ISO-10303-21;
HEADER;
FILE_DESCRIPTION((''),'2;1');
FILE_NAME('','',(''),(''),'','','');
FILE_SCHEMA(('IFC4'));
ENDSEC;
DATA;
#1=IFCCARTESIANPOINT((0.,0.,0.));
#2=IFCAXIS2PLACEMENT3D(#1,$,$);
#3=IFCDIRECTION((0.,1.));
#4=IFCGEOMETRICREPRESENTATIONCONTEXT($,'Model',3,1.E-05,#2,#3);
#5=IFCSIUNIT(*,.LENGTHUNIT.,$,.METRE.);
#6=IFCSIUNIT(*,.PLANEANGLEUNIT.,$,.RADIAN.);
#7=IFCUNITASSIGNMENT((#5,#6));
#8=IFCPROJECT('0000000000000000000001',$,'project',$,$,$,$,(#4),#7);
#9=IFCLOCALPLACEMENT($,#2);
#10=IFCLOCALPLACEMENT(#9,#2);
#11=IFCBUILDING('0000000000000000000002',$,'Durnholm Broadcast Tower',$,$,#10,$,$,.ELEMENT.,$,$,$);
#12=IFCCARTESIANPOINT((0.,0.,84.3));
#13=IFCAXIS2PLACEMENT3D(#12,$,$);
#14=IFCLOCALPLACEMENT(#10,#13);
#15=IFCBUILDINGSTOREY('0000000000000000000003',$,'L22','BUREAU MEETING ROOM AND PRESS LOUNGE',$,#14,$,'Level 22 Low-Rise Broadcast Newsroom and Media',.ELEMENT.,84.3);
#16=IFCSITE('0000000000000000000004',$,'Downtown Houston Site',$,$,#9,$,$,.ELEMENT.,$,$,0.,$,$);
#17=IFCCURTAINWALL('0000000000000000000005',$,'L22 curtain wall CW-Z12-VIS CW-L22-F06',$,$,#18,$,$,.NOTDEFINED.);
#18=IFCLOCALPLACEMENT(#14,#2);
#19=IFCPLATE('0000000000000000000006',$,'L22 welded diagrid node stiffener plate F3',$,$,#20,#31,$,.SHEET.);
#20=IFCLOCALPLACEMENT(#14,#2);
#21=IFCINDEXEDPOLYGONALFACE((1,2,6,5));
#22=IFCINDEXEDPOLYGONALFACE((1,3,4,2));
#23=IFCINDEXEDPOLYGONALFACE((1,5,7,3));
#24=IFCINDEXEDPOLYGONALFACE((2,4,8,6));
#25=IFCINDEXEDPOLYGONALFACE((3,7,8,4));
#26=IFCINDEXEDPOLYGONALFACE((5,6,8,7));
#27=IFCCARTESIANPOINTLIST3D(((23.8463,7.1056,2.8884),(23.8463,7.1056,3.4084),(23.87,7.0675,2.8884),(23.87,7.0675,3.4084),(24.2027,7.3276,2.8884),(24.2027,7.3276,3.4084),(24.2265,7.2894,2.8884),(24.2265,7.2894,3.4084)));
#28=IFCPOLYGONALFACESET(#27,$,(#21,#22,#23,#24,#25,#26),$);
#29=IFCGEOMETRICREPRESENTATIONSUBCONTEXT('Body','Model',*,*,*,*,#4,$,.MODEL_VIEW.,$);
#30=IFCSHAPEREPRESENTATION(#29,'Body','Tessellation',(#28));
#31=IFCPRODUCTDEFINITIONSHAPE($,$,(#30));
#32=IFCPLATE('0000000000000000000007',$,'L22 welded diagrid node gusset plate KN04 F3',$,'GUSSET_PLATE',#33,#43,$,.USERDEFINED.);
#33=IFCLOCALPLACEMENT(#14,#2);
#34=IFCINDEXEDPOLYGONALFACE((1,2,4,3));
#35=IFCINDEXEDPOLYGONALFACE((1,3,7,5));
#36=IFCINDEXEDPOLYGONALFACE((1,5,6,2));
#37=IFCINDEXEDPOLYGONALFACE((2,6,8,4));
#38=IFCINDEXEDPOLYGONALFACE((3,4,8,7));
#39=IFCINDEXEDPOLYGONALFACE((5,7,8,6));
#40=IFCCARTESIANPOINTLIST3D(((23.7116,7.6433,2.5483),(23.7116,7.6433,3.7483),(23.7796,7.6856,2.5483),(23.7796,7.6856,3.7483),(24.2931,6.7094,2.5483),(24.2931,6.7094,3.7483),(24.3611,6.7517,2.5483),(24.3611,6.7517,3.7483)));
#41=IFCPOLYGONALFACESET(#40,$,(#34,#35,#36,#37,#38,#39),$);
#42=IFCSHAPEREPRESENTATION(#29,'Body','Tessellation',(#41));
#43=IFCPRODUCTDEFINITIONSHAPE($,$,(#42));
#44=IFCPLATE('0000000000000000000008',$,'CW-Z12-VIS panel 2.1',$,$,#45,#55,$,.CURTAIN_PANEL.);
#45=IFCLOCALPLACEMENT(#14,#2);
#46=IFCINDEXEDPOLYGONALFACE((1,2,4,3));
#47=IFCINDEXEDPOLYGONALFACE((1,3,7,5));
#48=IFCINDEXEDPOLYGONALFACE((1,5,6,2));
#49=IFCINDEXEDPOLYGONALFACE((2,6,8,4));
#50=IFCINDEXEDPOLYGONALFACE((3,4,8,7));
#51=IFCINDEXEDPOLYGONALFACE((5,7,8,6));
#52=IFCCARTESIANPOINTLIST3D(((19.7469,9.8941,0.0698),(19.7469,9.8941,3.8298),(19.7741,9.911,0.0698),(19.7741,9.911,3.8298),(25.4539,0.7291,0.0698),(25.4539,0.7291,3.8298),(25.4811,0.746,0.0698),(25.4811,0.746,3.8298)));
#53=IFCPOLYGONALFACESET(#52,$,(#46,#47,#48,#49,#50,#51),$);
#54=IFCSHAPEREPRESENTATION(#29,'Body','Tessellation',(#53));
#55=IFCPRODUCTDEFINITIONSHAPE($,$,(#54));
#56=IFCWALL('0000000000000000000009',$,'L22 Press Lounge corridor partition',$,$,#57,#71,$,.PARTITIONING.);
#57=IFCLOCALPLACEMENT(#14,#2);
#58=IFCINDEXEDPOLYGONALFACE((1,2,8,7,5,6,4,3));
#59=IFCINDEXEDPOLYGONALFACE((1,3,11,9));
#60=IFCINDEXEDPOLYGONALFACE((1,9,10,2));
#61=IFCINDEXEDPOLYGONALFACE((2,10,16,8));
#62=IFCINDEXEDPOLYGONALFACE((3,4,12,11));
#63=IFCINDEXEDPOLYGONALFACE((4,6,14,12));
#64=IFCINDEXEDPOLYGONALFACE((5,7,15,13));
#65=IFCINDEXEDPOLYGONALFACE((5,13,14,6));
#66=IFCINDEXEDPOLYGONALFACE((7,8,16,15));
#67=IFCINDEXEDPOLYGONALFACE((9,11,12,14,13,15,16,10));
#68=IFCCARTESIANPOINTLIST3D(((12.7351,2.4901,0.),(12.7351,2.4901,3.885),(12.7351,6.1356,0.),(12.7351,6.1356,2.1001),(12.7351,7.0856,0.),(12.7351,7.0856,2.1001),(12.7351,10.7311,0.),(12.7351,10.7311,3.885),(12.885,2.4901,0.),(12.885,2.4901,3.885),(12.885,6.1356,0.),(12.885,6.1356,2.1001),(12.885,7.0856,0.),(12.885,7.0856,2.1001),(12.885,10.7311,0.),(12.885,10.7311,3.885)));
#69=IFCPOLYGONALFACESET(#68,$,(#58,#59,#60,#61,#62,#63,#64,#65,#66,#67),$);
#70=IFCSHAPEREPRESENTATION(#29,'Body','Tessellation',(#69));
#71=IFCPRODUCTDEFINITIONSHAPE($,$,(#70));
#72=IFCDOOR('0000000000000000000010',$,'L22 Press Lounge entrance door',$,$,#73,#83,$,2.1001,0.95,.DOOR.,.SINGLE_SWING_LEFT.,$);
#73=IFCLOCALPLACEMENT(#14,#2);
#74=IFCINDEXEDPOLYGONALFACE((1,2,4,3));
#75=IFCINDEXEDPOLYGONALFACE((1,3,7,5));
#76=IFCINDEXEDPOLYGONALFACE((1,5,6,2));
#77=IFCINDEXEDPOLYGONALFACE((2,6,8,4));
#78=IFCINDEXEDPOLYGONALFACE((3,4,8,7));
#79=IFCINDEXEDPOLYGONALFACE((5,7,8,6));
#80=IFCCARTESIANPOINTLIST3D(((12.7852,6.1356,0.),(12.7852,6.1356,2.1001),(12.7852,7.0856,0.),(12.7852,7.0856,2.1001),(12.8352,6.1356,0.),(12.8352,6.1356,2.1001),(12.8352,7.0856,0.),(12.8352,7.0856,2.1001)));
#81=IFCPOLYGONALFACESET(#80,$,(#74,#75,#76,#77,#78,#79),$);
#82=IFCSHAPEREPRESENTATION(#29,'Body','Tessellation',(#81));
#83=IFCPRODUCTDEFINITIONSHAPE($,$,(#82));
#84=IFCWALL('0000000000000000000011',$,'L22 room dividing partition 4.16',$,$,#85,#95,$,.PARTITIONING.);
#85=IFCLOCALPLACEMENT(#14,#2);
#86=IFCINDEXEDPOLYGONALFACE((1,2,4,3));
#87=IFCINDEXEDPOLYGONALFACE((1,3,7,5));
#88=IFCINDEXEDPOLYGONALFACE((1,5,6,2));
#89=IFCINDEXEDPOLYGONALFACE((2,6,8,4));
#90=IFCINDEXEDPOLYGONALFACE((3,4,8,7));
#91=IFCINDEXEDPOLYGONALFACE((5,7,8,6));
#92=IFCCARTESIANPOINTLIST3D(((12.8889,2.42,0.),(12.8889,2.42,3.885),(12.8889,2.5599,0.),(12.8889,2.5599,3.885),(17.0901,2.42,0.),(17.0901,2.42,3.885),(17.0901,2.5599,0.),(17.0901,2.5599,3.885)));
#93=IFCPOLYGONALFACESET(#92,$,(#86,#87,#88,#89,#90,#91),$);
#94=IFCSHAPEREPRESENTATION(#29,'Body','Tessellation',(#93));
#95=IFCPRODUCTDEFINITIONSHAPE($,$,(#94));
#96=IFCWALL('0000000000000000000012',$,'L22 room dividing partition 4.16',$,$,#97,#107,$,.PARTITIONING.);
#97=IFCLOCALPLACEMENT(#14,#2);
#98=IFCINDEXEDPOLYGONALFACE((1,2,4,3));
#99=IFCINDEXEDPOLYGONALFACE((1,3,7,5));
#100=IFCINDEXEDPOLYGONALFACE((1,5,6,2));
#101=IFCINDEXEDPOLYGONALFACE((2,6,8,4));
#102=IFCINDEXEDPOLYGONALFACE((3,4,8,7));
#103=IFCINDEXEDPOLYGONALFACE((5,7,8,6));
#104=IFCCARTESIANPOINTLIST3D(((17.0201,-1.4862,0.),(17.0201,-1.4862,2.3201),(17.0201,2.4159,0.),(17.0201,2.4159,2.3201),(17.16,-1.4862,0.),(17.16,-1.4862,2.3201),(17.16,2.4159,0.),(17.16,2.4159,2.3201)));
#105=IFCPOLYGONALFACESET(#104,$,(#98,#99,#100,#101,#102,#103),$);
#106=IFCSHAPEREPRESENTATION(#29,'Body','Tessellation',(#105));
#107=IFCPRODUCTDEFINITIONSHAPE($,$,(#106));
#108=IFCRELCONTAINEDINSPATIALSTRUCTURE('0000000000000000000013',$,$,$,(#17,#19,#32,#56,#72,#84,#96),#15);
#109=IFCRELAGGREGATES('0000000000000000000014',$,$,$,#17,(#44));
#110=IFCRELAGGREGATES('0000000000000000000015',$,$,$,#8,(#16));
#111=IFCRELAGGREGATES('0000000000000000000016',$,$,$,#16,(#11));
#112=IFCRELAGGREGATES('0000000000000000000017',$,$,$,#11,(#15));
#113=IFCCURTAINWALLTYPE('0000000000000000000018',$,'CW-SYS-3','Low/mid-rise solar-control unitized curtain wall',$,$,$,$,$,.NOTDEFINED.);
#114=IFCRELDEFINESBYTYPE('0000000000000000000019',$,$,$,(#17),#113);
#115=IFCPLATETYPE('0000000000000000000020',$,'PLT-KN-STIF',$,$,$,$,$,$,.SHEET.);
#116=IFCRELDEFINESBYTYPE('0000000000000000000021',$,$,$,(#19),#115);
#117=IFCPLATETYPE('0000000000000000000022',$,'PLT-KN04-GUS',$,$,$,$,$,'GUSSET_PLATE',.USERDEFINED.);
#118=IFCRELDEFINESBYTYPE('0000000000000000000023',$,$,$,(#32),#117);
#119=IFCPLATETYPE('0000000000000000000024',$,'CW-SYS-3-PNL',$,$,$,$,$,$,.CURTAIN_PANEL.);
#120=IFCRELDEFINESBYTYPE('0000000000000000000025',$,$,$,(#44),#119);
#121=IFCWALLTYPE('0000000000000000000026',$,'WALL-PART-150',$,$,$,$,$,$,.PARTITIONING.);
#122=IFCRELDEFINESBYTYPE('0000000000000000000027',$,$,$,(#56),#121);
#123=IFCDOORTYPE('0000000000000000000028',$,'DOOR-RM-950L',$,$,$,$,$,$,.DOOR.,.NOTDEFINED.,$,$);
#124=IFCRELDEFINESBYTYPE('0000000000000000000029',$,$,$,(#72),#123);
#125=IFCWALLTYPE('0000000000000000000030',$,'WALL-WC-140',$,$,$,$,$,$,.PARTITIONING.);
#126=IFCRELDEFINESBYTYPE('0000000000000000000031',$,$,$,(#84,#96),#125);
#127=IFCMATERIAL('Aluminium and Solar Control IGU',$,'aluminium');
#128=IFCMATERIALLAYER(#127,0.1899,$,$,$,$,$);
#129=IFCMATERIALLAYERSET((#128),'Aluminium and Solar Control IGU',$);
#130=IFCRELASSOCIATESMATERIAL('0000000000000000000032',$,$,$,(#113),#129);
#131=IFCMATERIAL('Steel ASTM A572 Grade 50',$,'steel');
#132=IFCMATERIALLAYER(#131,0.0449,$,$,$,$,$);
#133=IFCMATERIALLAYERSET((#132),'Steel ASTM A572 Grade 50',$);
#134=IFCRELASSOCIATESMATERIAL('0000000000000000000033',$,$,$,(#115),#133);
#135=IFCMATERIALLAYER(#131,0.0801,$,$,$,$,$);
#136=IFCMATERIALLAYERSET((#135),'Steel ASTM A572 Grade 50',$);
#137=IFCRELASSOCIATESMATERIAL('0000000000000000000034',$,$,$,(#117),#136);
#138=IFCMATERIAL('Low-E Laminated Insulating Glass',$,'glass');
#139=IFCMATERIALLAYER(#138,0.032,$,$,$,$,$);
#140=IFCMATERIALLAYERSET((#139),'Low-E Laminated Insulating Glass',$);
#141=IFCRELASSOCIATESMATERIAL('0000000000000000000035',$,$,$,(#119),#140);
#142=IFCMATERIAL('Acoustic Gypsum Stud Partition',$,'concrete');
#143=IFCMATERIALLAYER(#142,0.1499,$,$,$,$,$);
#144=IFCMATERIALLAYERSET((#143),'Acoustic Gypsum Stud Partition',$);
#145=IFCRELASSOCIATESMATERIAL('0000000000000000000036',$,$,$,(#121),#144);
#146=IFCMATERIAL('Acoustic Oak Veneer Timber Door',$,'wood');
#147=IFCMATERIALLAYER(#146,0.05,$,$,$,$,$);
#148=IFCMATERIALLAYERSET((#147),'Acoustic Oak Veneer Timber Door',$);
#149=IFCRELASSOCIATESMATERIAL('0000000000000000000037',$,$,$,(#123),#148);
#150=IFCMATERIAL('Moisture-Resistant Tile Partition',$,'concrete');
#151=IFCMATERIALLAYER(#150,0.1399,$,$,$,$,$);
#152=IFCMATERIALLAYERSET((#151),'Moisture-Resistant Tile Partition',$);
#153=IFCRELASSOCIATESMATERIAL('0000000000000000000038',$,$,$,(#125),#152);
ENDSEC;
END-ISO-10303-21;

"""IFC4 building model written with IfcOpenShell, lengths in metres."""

from ifc_helpers import new_model, si_unit, direction, frame, frame_2d, origin, origin_2d, place, context, subcontext, project, spatial, rectangle, extrude, source, transform, mapped, material, layer, layer_set, type_object, type_shapes, element, fill, aggregate, save


model = new_model("IFC4")

# Units and contexts
model_context = context("Model", 3, precision=1e-05, world=origin(), true_north=direction((0.0, 1.0)))
body_context = subcontext(model_context, "Body", "Model", "MODEL_VIEW")
ifc_project = project(units=[si_unit("LENGTHUNIT", "METRE"), si_unit("PLANEANGLEUNIT", "RADIAN")], contexts=[model_context])

# Site, building, storey
site_placement = place(None, origin())
site = spatial("IfcSite", under=ifc_project, at=site_placement, Name="Downtown Houston Site", CompositionType="ELEMENT", RefElevation=0.0)
building_placement = place(site_placement, origin())
building = spatial("IfcBuilding", under=site, at=building_placement, Name="Durnholm Broadcast Tower", CompositionType="ELEMENT")
storey_placement = place(building_placement, frame((0.0, 0.0, 84.3)))
storey = spatial("IfcBuildingStorey", under=building, at=storey_placement, Name="L22", Description="BUREAU MEETING ROOM AND PRESS LOUNGE", LongName="Level 22 Low-Rise Broadcast Newsroom and Media", CompositionType="ELEMENT", Elevation=84.3)

# Shared definitions
ifc_material_1 = material(Name="Aluminium and Solar Control IGU", Category="aluminium")

# Curtain wall
ifc_layer_1 = layer(ifc_material_1, 0.1899)
ifc_layer_set_1 = layer_set([ifc_layer_1], Name="Aluminium and Solar Control IGU")
curtain_wall_type_1 = type_object("IfcCurtainWallType", Name="CW-SYS-3", Description="Low/mid-rise solar-control unitized curtain wall", PredefinedType="NOTDEFINED", material=ifc_layer_set_1)
curtain_wall_1_placement = place(storey_placement, origin())
curtain_wall_1 = element("IfcCurtainWall", 1, at=curtain_wall_1_placement, inside=storey, type_object=curtain_wall_type_1, Name="L22 curtain wall CW-Z12-VIS CW-L22-F06", PredefinedType="NOTDEFINED")

# Plates
ifc_material_2 = material(Name="Steel ASTM A572 Grade 50", Category="steel")
ifc_layer_2 = layer(ifc_material_2, 0.0449)
ifc_layer_set_2 = layer_set([ifc_layer_2], Name="Steel ASTM A572 Grade 50")
plate_type_1 = type_object("IfcPlateType", Name="PLT-KN-STIF", PredefinedType="SHEET", material=ifc_layer_set_2)
shared_shape_1 = source(origin(), body_context, "Body", "SweptSolid", [
    extrude(rectangle(XDim=0.0449, YDim=0.4199, at=origin_2d()), origin(), (0.0, 0.0, 1.0), 0.52),
])
type_shapes(plate_type_1, [shared_shape_1])
plate_1_placement = place(storey_placement, frame((24.0364, 7.1975, 2.8884), z_axis=(0.0, 0.0, 1.0), x_axis=(-0.528587, 0.848879, 0.0)))
element("IfcPlate", 2, at=plate_1_placement, inside=storey, type_object=plate_type_1, Name="L22 welded diagrid node stiffener plate F3", PredefinedType="SHEET", context=body_context, shape_type="MappedRepresentation", body=[
    mapped(shared_shape_1, transform((0.0, 0.0, 0.0), x_axis=(1.0, 0.0, 0.0), y_axis=(0.0, 1.0, 0.0), z_axis=(0.0, 0.0, 1.0), scale=1.0)),
])
ifc_layer_3 = layer(ifc_material_2, 0.0801)
ifc_layer_set_3 = layer_set([ifc_layer_3], Name="Steel ASTM A572 Grade 50")
plate_type_2 = type_object("IfcPlateType", Name="PLT-KN04-GUS", ElementType="GUSSET_PLATE", PredefinedType="USERDEFINED", material=ifc_layer_set_3)
shared_shape_2 = source(origin(), body_context, "Body", "SweptSolid", [
    extrude(rectangle(XDim=1.1001, YDim=0.0801, at=origin_2d()), origin(), (0.0, 0.0, 1.0), 1.2),
])
type_shapes(plate_type_2, [shared_shape_2])
plate_2_placement = place(storey_placement, frame((24.0364, 7.1975, 2.5483), z_axis=(0.0, 0.0, 1.0), x_axis=(-0.528587, 0.848879, 0.0)))
element("IfcPlate", 3, at=plate_2_placement, inside=storey, type_object=plate_type_2, Name="L22 welded diagrid node gusset plate KN04 F3", ObjectType="GUSSET_PLATE", PredefinedType="USERDEFINED", context=body_context, shape_type="MappedRepresentation", body=[
    mapped(shared_shape_2, transform((0.0, 0.0, 0.0), x_axis=(1.0, 0.0, 0.0), y_axis=(0.0, 1.0, 0.0), z_axis=(0.0, 0.0, 1.0), scale=1.0)),
])

# Plate
ifc_material_3 = material(Name="Low-E Laminated Insulating Glass", Category="glass")
ifc_layer_4 = layer(ifc_material_3, 0.032)
ifc_layer_set_4 = layer_set([ifc_layer_4], Name="Low-E Laminated Insulating Glass")
plate_type_3 = type_object("IfcPlateType", Name="CW-SYS-3-PNL", PredefinedType="CURTAIN_PANEL", material=ifc_layer_set_4)
shared_shape_3 = source(origin(), body_context, "Body", "SweptSolid", [
    extrude(rectangle(XDim=10.7966, YDim=0.032, at=origin_2d()), origin(), (0.0, 0.0, 1.0), 3.76),
])
type_shapes(plate_type_3, [shared_shape_3])
plate_3_placement = place(storey_placement, frame((22.614, 5.3201, 0.0698), z_axis=(0.0, 0.0, 1.0), x_axis=(0.528592, -0.848876, 0.0)))
plate_3 = element("IfcPlate", 4, at=plate_3_placement, type_object=plate_type_3, Name="CW-Z12-VIS panel 2.1", PredefinedType="CURTAIN_PANEL", context=body_context, shape_type="MappedRepresentation", body=[
    mapped(shared_shape_3, transform((0.0, 0.0, 0.0), x_axis=(1.0, 0.0, 0.0), y_axis=(0.0, 1.0, 0.0), z_axis=(0.0, 0.0, 1.0), scale=1.0)),
])
aggregate(curtain_wall_1, [plate_3])

# Wall, opening, door
ifc_material_4 = material(Name="Acoustic Gypsum Stud Partition", Category="concrete")
ifc_layer_5 = layer(ifc_material_4, 0.1499)
ifc_layer_set_5 = layer_set([ifc_layer_5], Name="Acoustic Gypsum Stud Partition")
wall_type_1 = type_object("IfcWallType", Name="WALL-PART-150", PredefinedType="PARTITIONING", material=ifc_layer_set_5)
wall_1_placement = place(storey_placement, frame((12.8101, 2.49, 0.0), z_axis=(0.0, 0.0, 1.0), x_axis=(0.0, 1.0, 0.0)))
wall_1 = element("IfcWall", 5, at=wall_1_placement, inside=storey, type_object=wall_type_1, Name="L22 Press Lounge corridor partition", PredefinedType="PARTITIONING", context=body_context, shape_type="SweptSolid", body=[
    extrude(rectangle(XDim=8.241, YDim=0.1499, at=frame_2d((4.1206, 0.0))), origin(), (0.0, 0.0, 1.0), 3.885),
])
opening_placement = place(wall_1_placement, frame((3.6455, 0.0, 0.0)))
opening = element("IfcOpeningElement", 6, at=opening_placement, cuts=wall_1, PredefinedType="OPENING", context=body_context, shape_type="SweptSolid", body=[
    extrude(rectangle(XDim=0.95, YDim=2.1001, at=frame_2d((0.4751, 1.05))), frame((0.0, 0.085, 0.0), z_axis=(0.0, -1.0, 0.0), x_axis=(1.0, 0.0, 0.0)), (0.0, 0.0, 1.0), 0.1699),
])
ifc_material_5 = material(Name="Acoustic Oak Veneer Timber Door", Category="wood")
ifc_layer_6 = layer(ifc_material_5, 0.05)
ifc_layer_set_6 = layer_set([ifc_layer_6], Name="Acoustic Oak Veneer Timber Door")
door_type = type_object("IfcDoorType", Name="DOOR-RM-950L", OperationType="NOTDEFINED", PredefinedType="DOOR", material=ifc_layer_set_6)
shared_shape_4 = source(origin(), body_context, "Body", "SweptSolid", [
    extrude(rectangle(XDim=0.95, YDim=2.1001, at=frame_2d((0.4751, 1.05))), frame((0.0, 0.0249, 0.0), z_axis=(0.0, -1.0, 0.0), x_axis=(1.0, 0.0, 0.0)), (0.0, 0.0, 1.0), 0.05),
])
type_shapes(door_type, [shared_shape_4])
door_placement = place(opening_placement, origin())
door = element("IfcDoor", 7, at=door_placement, inside=storey, type_object=door_type, Name="L22 Press Lounge entrance door", OperationType="SINGLE_SWING_LEFT", OverallHeight=2.1001, OverallWidth=0.95, PredefinedType="DOOR", context=body_context, shape_type="MappedRepresentation", body=[
    mapped(shared_shape_4, transform((0.0, 0.0, 0.0), x_axis=(1.0, 0.0, 0.0), y_axis=(0.0, 1.0, 0.0), z_axis=(0.0, 0.0, 1.0), scale=1.0)),
])
fill(opening, door)

# Walls
ifc_material_6 = material(Name="Moisture-Resistant Tile Partition", Category="concrete")
ifc_layer_7 = layer(ifc_material_6, 0.1399)
ifc_layer_set_7 = layer_set([ifc_layer_7], Name="Moisture-Resistant Tile Partition")
wall_type_2 = type_object("IfcWallType", Name="WALL-WC-140", PredefinedType="PARTITIONING", material=ifc_layer_set_7)
wall_2_placement = place(storey_placement, frame((12.8889, 2.49, 0.0), z_axis=(0.0, 0.0, 1.0), x_axis=(1.0, 0.0, 0.0)))
element("IfcWall", 8, at=wall_2_placement, inside=storey, type_object=wall_type_2, Name="L22 room dividing partition 4.16", PredefinedType="PARTITIONING", context=body_context, shape_type="SweptSolid", body=[
    extrude(rectangle(XDim=4.2012, YDim=0.1399, at=frame_2d((2.1006, 0.0))), origin(), (0.0, 0.0, 1.0), 3.885),
])
wall_3_placement = place(storey_placement, frame((17.0901, 2.416, 0.0), z_axis=(0.0, 0.0, 1.0), x_axis=(0.0, -1.0, 0.0)))
element("IfcWall", 9, at=wall_3_placement, inside=storey, type_object=wall_type_2, Name="L22 room dividing partition 4.16", PredefinedType="PARTITIONING", context=body_context, shape_type="SweptSolid", body=[
    extrude(rectangle(XDim=3.9021, YDim=0.1399, at=frame_2d((1.9512, 0.0))), origin(), (0.0, 0.0, 1.0), 2.3201),
])

save(model, "model.ifc")
